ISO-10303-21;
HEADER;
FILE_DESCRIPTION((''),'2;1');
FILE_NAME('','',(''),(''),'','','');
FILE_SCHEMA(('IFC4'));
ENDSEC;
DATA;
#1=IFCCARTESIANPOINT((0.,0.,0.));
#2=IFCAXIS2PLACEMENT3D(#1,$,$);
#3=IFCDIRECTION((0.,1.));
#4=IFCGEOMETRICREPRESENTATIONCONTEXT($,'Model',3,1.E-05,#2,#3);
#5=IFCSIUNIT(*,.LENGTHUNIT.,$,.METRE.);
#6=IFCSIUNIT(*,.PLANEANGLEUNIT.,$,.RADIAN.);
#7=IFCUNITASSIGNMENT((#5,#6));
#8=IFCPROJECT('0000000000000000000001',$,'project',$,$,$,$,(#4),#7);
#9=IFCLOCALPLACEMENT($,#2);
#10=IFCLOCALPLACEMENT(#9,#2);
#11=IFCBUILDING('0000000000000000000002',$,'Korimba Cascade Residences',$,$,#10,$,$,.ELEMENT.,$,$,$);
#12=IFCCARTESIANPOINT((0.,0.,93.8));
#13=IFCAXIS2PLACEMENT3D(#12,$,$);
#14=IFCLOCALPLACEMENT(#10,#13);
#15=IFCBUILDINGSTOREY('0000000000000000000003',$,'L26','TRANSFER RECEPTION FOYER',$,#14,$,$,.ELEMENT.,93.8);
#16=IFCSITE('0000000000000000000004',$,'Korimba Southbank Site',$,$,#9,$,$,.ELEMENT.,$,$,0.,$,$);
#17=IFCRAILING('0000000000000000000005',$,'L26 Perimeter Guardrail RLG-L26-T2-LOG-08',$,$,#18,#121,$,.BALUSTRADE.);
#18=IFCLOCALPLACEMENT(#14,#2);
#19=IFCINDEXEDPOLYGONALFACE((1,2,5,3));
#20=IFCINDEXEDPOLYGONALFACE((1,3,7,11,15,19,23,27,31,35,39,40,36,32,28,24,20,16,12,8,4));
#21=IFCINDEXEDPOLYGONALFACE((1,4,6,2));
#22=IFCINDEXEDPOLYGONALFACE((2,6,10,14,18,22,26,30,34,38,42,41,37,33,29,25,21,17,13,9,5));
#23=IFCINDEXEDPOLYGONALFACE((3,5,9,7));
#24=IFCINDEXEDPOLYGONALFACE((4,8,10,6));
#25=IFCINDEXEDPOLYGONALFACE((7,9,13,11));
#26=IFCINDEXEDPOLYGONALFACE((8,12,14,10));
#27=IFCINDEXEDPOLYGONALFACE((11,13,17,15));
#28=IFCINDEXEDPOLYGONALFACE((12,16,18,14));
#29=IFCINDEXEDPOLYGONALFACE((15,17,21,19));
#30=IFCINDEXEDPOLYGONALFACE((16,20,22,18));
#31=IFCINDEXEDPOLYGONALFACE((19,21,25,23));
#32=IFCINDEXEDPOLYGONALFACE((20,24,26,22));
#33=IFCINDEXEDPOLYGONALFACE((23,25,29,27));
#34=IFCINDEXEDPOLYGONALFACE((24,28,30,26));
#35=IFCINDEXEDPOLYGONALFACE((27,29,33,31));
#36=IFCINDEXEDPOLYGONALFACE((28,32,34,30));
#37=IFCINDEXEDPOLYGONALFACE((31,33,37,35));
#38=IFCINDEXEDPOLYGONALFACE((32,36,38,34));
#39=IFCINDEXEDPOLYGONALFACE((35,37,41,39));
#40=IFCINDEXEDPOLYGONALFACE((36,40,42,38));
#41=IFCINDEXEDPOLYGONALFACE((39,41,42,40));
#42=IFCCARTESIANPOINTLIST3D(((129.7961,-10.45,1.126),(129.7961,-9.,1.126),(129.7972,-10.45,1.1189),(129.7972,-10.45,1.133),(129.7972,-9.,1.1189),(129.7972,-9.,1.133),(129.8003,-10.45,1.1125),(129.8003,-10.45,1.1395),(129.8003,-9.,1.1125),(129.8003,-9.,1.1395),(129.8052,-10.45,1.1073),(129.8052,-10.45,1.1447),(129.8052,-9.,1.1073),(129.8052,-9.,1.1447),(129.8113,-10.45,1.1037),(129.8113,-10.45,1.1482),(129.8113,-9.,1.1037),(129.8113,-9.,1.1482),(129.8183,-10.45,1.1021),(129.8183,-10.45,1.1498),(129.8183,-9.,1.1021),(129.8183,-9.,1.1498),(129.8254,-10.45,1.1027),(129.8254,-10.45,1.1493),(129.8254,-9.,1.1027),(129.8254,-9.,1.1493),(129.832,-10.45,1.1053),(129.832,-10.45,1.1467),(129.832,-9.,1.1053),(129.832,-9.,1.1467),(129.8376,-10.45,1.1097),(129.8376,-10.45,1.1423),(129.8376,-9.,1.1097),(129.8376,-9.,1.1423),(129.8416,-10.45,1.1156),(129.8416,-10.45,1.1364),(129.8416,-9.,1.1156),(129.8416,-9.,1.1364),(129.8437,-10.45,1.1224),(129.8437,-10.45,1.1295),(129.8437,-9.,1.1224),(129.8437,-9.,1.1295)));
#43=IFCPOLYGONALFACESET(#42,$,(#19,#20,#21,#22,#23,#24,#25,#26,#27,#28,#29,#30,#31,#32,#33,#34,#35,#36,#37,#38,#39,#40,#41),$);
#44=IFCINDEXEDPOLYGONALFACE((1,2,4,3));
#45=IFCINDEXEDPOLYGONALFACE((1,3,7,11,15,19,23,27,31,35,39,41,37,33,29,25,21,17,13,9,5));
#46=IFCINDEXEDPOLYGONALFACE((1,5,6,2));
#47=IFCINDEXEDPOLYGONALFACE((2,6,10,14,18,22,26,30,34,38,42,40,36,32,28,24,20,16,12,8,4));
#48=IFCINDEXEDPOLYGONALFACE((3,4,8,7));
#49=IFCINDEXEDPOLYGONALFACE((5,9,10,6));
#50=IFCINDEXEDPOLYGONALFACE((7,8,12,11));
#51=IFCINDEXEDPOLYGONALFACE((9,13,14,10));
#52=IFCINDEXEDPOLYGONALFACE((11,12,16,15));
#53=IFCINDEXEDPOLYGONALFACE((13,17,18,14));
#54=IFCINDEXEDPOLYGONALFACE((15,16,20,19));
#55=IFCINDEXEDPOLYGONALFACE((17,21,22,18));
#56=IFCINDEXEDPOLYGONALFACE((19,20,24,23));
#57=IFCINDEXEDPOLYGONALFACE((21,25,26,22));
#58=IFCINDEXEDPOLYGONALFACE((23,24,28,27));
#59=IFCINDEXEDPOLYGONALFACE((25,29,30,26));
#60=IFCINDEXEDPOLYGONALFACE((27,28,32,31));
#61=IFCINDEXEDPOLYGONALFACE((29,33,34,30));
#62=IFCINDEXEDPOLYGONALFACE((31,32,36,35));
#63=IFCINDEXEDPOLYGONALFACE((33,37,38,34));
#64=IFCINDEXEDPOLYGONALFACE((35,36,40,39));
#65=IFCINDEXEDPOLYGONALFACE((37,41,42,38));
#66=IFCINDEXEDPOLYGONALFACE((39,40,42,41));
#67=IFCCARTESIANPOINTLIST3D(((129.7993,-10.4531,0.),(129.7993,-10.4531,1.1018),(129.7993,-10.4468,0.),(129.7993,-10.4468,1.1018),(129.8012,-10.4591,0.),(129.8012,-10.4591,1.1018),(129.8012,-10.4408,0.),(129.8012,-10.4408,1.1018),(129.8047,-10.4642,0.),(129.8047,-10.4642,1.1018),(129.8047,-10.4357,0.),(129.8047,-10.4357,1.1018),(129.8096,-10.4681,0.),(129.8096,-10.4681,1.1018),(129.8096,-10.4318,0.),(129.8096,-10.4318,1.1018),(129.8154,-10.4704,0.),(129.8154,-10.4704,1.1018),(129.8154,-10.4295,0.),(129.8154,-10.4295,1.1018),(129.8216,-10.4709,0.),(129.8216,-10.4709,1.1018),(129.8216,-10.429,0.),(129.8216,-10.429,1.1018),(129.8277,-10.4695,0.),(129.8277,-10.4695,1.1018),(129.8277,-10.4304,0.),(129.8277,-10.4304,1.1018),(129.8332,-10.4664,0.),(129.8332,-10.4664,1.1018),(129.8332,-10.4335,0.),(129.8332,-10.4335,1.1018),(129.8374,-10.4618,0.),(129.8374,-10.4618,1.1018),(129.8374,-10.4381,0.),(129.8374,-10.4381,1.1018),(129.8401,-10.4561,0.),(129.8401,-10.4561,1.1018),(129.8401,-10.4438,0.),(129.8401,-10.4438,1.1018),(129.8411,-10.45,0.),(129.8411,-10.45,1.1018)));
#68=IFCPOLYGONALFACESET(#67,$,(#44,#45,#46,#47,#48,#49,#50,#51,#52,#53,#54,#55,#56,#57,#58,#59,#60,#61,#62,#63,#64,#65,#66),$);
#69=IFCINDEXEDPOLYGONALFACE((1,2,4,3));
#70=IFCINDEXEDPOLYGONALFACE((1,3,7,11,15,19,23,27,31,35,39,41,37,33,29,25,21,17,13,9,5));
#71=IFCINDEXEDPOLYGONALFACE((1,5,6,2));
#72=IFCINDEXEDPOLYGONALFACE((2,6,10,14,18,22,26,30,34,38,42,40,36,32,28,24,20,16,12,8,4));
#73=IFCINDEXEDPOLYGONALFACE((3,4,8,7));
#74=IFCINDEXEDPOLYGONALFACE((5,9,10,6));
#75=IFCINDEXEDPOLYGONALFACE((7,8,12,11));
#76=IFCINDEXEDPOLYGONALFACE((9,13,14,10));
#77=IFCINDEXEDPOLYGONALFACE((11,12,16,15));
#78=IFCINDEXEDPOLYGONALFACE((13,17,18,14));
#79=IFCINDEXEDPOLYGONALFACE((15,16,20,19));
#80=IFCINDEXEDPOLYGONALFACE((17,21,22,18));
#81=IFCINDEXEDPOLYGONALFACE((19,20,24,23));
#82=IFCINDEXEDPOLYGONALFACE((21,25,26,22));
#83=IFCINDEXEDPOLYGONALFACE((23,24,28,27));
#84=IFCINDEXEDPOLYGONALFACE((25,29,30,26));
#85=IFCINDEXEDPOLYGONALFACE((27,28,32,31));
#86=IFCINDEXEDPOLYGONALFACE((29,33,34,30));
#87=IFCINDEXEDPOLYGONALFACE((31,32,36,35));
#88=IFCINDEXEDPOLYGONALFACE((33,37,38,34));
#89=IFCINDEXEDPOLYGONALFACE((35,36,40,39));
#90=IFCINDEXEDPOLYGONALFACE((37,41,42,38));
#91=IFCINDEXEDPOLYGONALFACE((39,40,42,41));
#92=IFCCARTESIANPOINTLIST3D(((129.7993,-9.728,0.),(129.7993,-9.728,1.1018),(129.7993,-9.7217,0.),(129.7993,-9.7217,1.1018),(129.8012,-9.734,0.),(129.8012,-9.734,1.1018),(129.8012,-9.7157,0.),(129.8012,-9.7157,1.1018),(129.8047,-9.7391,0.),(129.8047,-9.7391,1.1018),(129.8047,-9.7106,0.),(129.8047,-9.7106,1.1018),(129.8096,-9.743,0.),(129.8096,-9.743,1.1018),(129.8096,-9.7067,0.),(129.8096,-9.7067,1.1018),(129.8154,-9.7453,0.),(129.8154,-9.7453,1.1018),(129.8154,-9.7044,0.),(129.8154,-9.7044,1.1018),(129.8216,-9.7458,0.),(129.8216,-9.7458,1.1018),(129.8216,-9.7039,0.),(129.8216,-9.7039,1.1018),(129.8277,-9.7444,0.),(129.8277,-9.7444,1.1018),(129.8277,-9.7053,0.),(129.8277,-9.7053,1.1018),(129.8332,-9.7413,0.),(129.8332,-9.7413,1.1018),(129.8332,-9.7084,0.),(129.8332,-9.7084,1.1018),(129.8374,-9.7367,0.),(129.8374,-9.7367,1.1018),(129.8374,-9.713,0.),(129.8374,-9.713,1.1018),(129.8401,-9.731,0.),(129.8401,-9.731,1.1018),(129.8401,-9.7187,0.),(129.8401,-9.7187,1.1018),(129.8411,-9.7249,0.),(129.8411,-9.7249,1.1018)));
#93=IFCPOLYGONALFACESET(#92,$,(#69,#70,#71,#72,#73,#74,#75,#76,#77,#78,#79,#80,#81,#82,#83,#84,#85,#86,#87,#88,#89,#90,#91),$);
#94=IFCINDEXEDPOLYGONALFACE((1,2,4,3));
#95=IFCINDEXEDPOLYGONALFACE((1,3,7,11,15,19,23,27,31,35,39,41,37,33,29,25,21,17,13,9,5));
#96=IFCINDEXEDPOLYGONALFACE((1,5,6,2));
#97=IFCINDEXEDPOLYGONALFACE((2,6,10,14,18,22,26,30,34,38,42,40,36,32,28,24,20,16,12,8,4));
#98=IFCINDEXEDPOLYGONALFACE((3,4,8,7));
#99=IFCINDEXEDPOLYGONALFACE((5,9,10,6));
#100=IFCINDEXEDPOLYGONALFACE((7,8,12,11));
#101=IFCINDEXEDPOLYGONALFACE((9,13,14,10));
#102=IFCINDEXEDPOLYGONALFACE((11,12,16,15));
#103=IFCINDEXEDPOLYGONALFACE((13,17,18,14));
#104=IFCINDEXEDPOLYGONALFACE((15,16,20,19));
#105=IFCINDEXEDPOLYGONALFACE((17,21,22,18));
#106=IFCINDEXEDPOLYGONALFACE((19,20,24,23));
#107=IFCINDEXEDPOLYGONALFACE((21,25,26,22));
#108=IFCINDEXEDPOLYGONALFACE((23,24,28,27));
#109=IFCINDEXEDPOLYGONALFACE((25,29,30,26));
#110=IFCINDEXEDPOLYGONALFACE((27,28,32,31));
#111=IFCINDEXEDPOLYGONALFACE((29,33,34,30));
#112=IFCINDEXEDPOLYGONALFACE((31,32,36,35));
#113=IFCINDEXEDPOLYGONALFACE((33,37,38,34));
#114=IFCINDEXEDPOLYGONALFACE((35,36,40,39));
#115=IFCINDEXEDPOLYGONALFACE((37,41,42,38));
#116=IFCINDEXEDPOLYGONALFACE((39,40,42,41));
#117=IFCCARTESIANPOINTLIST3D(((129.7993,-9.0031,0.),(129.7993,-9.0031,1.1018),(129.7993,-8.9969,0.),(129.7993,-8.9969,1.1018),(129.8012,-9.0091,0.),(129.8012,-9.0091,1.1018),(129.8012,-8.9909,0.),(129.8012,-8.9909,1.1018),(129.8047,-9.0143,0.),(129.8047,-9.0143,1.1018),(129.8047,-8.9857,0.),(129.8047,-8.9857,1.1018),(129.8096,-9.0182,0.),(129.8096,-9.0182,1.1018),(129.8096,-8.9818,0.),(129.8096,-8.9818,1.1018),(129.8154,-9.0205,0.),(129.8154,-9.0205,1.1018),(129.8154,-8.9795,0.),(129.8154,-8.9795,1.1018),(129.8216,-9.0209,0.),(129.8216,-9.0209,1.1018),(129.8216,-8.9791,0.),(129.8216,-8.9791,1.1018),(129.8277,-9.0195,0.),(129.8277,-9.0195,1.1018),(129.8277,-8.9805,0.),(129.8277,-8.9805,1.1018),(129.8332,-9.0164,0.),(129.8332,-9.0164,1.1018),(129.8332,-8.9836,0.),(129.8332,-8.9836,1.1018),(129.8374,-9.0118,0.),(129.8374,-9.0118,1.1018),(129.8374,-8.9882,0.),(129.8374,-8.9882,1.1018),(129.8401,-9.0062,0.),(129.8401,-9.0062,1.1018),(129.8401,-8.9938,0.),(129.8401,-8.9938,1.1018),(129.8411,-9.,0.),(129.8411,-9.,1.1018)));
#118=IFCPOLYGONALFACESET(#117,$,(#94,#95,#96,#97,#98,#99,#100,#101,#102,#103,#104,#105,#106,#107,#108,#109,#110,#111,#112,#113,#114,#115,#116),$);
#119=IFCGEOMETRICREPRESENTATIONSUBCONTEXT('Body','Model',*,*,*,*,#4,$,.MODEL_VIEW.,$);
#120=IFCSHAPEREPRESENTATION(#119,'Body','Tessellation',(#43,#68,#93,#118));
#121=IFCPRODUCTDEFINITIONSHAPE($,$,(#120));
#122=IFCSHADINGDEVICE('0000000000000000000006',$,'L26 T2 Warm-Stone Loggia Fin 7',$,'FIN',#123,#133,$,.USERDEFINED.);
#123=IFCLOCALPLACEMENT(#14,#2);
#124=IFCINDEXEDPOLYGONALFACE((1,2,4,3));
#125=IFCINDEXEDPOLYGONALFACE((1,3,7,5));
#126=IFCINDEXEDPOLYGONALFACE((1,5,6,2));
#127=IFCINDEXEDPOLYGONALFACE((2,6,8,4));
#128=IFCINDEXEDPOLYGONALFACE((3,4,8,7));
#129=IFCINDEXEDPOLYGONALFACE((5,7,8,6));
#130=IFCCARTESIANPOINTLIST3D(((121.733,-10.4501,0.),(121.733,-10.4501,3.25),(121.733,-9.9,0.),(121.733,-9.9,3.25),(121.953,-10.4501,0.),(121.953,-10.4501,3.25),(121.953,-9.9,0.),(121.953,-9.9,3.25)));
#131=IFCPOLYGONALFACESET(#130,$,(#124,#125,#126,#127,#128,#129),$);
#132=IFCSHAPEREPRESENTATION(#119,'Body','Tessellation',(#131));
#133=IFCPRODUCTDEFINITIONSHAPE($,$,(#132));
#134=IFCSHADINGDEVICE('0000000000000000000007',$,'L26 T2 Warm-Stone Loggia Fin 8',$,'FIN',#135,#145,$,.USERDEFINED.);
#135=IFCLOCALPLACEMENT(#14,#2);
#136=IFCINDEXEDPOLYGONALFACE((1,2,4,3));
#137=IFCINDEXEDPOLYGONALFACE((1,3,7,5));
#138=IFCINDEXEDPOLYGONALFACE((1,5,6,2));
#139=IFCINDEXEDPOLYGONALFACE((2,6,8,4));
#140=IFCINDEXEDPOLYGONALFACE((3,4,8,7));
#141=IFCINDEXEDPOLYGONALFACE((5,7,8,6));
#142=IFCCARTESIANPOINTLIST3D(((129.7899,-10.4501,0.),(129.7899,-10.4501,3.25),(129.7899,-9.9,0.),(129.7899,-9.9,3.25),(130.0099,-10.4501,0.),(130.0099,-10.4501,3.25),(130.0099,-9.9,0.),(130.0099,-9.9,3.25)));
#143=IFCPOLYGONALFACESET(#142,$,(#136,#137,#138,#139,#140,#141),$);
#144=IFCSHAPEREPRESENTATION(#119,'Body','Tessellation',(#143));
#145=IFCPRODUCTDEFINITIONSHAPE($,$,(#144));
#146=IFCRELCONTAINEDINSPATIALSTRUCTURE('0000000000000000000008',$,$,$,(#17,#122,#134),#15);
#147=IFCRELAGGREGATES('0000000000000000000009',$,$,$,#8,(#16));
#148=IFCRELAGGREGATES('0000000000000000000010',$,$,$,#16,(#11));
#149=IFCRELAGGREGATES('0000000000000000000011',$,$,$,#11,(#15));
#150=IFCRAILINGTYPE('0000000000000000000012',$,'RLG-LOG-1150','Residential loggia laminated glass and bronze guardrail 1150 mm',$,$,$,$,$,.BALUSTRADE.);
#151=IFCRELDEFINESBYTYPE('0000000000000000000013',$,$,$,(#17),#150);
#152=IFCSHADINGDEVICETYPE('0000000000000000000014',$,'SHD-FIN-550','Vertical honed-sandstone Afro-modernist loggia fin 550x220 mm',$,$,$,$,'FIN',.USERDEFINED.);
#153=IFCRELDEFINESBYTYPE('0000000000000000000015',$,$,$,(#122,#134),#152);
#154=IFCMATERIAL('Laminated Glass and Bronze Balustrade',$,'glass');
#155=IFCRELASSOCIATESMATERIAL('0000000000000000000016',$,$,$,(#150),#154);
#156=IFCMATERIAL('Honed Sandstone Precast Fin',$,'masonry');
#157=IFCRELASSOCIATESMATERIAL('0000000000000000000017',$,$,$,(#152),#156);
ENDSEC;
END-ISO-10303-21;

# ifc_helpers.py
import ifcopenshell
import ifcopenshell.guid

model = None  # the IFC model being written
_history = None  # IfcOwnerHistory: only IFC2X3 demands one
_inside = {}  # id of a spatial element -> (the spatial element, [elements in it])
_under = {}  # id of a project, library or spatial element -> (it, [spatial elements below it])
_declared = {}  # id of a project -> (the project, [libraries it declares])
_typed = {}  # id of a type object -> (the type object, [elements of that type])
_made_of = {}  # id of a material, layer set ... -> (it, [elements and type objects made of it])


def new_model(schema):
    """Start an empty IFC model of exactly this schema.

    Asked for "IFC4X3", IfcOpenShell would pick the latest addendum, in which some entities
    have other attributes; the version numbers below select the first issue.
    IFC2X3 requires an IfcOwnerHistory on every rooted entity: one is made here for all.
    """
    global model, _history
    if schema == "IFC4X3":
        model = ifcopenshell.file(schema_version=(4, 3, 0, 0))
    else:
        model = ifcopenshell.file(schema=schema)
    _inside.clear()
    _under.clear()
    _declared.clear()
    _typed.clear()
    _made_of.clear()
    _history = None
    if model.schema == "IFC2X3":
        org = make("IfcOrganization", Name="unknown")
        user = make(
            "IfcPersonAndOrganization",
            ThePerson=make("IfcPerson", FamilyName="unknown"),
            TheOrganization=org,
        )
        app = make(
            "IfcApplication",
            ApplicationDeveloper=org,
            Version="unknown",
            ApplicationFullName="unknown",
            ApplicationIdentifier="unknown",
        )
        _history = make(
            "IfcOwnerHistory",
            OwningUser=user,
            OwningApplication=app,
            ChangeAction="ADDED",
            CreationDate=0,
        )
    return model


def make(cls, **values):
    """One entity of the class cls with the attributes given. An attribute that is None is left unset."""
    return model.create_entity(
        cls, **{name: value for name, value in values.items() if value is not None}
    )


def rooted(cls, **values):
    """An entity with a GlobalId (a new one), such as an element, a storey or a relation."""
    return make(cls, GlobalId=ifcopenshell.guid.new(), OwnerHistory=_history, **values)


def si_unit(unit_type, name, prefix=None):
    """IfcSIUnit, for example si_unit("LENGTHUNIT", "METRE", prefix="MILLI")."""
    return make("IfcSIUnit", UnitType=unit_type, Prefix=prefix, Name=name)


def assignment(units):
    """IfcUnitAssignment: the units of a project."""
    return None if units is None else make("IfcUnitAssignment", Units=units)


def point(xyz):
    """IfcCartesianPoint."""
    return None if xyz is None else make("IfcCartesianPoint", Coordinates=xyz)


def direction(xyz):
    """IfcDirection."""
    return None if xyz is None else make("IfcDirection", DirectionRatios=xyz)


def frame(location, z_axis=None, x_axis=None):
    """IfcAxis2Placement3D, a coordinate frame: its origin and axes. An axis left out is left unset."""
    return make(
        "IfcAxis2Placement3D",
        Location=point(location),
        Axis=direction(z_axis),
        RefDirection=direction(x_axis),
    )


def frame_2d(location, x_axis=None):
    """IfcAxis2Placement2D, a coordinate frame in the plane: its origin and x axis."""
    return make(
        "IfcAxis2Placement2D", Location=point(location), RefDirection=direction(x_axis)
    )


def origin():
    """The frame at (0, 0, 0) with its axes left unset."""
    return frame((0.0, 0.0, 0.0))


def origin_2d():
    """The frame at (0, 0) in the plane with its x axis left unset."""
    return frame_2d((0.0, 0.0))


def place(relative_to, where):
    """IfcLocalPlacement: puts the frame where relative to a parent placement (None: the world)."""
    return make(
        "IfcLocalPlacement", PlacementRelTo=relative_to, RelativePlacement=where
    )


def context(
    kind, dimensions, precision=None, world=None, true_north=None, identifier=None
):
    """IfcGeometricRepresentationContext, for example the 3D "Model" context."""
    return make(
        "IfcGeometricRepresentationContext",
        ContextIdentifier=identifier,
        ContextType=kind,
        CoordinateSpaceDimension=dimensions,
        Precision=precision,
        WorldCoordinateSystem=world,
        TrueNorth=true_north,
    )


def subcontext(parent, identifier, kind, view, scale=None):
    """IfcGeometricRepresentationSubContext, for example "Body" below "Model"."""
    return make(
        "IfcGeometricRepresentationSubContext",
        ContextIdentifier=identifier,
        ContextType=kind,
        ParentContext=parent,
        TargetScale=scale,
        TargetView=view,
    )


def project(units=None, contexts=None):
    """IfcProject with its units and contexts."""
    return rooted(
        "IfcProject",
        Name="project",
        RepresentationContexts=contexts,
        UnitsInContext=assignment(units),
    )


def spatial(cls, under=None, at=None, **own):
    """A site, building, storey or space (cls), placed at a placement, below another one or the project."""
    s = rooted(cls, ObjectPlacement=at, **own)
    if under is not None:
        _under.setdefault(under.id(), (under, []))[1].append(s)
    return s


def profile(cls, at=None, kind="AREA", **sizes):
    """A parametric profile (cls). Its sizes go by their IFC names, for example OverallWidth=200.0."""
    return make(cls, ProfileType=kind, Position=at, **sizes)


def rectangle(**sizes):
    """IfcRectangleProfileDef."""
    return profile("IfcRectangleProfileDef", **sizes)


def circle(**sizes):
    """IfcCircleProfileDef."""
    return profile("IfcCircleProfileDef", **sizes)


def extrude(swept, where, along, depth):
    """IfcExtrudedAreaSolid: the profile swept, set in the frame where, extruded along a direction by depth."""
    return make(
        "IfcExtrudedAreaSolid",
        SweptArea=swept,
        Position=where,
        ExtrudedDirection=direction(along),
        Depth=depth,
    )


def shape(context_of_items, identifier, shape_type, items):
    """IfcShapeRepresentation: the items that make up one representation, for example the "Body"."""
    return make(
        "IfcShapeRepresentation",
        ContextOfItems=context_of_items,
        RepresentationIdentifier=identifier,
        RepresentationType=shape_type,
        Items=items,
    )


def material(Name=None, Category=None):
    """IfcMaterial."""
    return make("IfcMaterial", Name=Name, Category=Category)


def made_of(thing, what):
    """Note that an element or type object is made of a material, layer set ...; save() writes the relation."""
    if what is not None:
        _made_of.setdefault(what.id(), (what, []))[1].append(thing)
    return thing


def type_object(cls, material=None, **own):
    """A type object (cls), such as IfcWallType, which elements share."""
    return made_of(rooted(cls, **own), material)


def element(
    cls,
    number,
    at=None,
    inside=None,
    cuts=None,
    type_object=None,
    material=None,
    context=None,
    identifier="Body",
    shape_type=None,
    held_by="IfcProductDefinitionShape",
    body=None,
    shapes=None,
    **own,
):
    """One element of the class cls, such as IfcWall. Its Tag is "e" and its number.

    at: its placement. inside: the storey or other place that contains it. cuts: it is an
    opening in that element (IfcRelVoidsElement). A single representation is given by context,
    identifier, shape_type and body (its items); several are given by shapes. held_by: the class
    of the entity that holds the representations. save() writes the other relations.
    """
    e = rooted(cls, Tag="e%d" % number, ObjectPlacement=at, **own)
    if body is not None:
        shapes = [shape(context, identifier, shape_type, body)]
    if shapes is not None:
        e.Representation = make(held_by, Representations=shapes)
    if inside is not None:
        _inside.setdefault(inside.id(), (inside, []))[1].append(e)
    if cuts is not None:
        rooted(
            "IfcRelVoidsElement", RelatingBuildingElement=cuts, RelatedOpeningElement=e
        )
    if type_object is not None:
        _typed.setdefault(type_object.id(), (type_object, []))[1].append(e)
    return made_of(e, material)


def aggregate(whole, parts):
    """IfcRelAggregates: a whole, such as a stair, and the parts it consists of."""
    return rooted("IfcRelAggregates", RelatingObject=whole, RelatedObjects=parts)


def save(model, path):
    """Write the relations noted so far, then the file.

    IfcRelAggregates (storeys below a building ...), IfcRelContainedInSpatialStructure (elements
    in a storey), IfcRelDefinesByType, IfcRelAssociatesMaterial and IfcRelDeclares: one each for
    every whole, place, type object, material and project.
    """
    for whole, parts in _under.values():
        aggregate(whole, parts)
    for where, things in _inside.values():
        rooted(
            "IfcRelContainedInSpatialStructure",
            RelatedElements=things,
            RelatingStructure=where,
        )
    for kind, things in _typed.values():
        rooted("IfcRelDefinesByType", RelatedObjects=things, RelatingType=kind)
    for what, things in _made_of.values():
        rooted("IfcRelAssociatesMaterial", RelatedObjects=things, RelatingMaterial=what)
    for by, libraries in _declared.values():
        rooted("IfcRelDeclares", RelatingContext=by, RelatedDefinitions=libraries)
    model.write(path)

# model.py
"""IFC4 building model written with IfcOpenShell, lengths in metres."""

from ifc_helpers import new_model, si_unit, direction, frame, origin, origin_2d, place, context, subcontext, project, spatial, rectangle, circle, extrude, material, type_object, element, save


model = new_model("IFC4")

# Units and contexts
model_context = context("Model", 3, precision=1e-05, world=origin(), true_north=direction((0.0, 1.0)))
body_context = subcontext(model_context, "Body", "Model", "MODEL_VIEW")
ifc_project = project(units=[si_unit("LENGTHUNIT", "METRE"), si_unit("PLANEANGLEUNIT", "RADIAN")], contexts=[model_context])

# Site, building, storey
site_placement = place(None, origin())
site = spatial("IfcSite", under=ifc_project, at=site_placement, Name="Korimba Southbank Site", CompositionType="ELEMENT", RefElevation=0.0)
building_placement = place(site_placement, origin())
building = spatial("IfcBuilding", under=site, at=building_placement, Name="Korimba Cascade Residences", CompositionType="ELEMENT")
storey_placement = place(building_placement, frame((0.0, 0.0, 93.8)))
storey = spatial("IfcBuildingStorey", under=building, at=storey_placement, Name="L26", Description="TRANSFER RECEPTION FOYER", CompositionType="ELEMENT", Elevation=93.8)

# Railing
ifc_material_1 = material(Name="Laminated Glass and Bronze Balustrade", Category="glass")
railing_type = type_object("IfcRailingType", Name="RLG-LOG-1150", Description="Residential loggia laminated glass and bronze guardrail 1150 mm", PredefinedType="BALUSTRADE", material=ifc_material_1)
railing_1_placement = place(storey_placement, frame((129.8201, -10.45, 0.0)))
element("IfcRailing", 1, at=railing_1_placement, inside=storey, type_object=railing_type, Name="L26 Perimeter Guardrail RLG-L26-T2-LOG-08", PredefinedType="BALUSTRADE", context=body_context, shape_type="SweptSolid", body=[
    extrude(circle(Radius=0.0239, at=origin_2d()), frame((0.0, 0.0, 1.126), z_axis=(0.0, 1.0, 0.0), x_axis=(-1.0, 0.0, 0.0)), (0.0, 0.0, 1.0), 1.45),
    extrude(circle(Radius=0.021, at=origin_2d()), origin(), (0.0, 0.0, 1.0), 1.1018),
    extrude(circle(Radius=0.021, at=origin_2d()), frame((0.0, 0.7251, 0.0)), (0.0, 0.0, 1.0), 1.1018),
    extrude(circle(Radius=0.021, at=origin_2d()), frame((0.0, 1.45, 0.0)), (0.0, 0.0, 1.0), 1.1018),
])

# Shading devices
ifc_material_2 = material(Name="Honed Sandstone Precast Fin", Category="masonry")
shading_device_type = type_object("IfcShadingDeviceType", Name="SHD-FIN-550", Description="Vertical honed-sandstone Afro-modernist loggia fin 550x220 mm", ElementType="FIN", PredefinedType="USERDEFINED", material=ifc_material_2)
for number, where, z_axis, x_axis, name in (
    (2, (121.843, -10.175, 0.0), (0.0, 0.0, 1.0), (1.0, 0.0, 0.0), "L26 T2 Warm-Stone Loggia Fin 7"),
    (3, (129.8999, -10.175, 0.0), (0.0, 0.0, 1.0), (1.0, 0.0, 0.0), "L26 T2 Warm-Stone Loggia Fin 8"),
):
    element("IfcShadingDevice", number, at=place(storey_placement, frame(where, z_axis=z_axis, x_axis=x_axis)), inside=storey, type_object=shading_device_type, Name=name, ObjectType="FIN", PredefinedType="USERDEFINED", context=body_context, shape_type="SweptSolid", body=[
        extrude(rectangle(XDim=0.22, YDim=0.55, at=origin_2d()), origin(), (0.0, 0.0, 1.0), 3.25),
    ])

save(model, "model.ifc")
